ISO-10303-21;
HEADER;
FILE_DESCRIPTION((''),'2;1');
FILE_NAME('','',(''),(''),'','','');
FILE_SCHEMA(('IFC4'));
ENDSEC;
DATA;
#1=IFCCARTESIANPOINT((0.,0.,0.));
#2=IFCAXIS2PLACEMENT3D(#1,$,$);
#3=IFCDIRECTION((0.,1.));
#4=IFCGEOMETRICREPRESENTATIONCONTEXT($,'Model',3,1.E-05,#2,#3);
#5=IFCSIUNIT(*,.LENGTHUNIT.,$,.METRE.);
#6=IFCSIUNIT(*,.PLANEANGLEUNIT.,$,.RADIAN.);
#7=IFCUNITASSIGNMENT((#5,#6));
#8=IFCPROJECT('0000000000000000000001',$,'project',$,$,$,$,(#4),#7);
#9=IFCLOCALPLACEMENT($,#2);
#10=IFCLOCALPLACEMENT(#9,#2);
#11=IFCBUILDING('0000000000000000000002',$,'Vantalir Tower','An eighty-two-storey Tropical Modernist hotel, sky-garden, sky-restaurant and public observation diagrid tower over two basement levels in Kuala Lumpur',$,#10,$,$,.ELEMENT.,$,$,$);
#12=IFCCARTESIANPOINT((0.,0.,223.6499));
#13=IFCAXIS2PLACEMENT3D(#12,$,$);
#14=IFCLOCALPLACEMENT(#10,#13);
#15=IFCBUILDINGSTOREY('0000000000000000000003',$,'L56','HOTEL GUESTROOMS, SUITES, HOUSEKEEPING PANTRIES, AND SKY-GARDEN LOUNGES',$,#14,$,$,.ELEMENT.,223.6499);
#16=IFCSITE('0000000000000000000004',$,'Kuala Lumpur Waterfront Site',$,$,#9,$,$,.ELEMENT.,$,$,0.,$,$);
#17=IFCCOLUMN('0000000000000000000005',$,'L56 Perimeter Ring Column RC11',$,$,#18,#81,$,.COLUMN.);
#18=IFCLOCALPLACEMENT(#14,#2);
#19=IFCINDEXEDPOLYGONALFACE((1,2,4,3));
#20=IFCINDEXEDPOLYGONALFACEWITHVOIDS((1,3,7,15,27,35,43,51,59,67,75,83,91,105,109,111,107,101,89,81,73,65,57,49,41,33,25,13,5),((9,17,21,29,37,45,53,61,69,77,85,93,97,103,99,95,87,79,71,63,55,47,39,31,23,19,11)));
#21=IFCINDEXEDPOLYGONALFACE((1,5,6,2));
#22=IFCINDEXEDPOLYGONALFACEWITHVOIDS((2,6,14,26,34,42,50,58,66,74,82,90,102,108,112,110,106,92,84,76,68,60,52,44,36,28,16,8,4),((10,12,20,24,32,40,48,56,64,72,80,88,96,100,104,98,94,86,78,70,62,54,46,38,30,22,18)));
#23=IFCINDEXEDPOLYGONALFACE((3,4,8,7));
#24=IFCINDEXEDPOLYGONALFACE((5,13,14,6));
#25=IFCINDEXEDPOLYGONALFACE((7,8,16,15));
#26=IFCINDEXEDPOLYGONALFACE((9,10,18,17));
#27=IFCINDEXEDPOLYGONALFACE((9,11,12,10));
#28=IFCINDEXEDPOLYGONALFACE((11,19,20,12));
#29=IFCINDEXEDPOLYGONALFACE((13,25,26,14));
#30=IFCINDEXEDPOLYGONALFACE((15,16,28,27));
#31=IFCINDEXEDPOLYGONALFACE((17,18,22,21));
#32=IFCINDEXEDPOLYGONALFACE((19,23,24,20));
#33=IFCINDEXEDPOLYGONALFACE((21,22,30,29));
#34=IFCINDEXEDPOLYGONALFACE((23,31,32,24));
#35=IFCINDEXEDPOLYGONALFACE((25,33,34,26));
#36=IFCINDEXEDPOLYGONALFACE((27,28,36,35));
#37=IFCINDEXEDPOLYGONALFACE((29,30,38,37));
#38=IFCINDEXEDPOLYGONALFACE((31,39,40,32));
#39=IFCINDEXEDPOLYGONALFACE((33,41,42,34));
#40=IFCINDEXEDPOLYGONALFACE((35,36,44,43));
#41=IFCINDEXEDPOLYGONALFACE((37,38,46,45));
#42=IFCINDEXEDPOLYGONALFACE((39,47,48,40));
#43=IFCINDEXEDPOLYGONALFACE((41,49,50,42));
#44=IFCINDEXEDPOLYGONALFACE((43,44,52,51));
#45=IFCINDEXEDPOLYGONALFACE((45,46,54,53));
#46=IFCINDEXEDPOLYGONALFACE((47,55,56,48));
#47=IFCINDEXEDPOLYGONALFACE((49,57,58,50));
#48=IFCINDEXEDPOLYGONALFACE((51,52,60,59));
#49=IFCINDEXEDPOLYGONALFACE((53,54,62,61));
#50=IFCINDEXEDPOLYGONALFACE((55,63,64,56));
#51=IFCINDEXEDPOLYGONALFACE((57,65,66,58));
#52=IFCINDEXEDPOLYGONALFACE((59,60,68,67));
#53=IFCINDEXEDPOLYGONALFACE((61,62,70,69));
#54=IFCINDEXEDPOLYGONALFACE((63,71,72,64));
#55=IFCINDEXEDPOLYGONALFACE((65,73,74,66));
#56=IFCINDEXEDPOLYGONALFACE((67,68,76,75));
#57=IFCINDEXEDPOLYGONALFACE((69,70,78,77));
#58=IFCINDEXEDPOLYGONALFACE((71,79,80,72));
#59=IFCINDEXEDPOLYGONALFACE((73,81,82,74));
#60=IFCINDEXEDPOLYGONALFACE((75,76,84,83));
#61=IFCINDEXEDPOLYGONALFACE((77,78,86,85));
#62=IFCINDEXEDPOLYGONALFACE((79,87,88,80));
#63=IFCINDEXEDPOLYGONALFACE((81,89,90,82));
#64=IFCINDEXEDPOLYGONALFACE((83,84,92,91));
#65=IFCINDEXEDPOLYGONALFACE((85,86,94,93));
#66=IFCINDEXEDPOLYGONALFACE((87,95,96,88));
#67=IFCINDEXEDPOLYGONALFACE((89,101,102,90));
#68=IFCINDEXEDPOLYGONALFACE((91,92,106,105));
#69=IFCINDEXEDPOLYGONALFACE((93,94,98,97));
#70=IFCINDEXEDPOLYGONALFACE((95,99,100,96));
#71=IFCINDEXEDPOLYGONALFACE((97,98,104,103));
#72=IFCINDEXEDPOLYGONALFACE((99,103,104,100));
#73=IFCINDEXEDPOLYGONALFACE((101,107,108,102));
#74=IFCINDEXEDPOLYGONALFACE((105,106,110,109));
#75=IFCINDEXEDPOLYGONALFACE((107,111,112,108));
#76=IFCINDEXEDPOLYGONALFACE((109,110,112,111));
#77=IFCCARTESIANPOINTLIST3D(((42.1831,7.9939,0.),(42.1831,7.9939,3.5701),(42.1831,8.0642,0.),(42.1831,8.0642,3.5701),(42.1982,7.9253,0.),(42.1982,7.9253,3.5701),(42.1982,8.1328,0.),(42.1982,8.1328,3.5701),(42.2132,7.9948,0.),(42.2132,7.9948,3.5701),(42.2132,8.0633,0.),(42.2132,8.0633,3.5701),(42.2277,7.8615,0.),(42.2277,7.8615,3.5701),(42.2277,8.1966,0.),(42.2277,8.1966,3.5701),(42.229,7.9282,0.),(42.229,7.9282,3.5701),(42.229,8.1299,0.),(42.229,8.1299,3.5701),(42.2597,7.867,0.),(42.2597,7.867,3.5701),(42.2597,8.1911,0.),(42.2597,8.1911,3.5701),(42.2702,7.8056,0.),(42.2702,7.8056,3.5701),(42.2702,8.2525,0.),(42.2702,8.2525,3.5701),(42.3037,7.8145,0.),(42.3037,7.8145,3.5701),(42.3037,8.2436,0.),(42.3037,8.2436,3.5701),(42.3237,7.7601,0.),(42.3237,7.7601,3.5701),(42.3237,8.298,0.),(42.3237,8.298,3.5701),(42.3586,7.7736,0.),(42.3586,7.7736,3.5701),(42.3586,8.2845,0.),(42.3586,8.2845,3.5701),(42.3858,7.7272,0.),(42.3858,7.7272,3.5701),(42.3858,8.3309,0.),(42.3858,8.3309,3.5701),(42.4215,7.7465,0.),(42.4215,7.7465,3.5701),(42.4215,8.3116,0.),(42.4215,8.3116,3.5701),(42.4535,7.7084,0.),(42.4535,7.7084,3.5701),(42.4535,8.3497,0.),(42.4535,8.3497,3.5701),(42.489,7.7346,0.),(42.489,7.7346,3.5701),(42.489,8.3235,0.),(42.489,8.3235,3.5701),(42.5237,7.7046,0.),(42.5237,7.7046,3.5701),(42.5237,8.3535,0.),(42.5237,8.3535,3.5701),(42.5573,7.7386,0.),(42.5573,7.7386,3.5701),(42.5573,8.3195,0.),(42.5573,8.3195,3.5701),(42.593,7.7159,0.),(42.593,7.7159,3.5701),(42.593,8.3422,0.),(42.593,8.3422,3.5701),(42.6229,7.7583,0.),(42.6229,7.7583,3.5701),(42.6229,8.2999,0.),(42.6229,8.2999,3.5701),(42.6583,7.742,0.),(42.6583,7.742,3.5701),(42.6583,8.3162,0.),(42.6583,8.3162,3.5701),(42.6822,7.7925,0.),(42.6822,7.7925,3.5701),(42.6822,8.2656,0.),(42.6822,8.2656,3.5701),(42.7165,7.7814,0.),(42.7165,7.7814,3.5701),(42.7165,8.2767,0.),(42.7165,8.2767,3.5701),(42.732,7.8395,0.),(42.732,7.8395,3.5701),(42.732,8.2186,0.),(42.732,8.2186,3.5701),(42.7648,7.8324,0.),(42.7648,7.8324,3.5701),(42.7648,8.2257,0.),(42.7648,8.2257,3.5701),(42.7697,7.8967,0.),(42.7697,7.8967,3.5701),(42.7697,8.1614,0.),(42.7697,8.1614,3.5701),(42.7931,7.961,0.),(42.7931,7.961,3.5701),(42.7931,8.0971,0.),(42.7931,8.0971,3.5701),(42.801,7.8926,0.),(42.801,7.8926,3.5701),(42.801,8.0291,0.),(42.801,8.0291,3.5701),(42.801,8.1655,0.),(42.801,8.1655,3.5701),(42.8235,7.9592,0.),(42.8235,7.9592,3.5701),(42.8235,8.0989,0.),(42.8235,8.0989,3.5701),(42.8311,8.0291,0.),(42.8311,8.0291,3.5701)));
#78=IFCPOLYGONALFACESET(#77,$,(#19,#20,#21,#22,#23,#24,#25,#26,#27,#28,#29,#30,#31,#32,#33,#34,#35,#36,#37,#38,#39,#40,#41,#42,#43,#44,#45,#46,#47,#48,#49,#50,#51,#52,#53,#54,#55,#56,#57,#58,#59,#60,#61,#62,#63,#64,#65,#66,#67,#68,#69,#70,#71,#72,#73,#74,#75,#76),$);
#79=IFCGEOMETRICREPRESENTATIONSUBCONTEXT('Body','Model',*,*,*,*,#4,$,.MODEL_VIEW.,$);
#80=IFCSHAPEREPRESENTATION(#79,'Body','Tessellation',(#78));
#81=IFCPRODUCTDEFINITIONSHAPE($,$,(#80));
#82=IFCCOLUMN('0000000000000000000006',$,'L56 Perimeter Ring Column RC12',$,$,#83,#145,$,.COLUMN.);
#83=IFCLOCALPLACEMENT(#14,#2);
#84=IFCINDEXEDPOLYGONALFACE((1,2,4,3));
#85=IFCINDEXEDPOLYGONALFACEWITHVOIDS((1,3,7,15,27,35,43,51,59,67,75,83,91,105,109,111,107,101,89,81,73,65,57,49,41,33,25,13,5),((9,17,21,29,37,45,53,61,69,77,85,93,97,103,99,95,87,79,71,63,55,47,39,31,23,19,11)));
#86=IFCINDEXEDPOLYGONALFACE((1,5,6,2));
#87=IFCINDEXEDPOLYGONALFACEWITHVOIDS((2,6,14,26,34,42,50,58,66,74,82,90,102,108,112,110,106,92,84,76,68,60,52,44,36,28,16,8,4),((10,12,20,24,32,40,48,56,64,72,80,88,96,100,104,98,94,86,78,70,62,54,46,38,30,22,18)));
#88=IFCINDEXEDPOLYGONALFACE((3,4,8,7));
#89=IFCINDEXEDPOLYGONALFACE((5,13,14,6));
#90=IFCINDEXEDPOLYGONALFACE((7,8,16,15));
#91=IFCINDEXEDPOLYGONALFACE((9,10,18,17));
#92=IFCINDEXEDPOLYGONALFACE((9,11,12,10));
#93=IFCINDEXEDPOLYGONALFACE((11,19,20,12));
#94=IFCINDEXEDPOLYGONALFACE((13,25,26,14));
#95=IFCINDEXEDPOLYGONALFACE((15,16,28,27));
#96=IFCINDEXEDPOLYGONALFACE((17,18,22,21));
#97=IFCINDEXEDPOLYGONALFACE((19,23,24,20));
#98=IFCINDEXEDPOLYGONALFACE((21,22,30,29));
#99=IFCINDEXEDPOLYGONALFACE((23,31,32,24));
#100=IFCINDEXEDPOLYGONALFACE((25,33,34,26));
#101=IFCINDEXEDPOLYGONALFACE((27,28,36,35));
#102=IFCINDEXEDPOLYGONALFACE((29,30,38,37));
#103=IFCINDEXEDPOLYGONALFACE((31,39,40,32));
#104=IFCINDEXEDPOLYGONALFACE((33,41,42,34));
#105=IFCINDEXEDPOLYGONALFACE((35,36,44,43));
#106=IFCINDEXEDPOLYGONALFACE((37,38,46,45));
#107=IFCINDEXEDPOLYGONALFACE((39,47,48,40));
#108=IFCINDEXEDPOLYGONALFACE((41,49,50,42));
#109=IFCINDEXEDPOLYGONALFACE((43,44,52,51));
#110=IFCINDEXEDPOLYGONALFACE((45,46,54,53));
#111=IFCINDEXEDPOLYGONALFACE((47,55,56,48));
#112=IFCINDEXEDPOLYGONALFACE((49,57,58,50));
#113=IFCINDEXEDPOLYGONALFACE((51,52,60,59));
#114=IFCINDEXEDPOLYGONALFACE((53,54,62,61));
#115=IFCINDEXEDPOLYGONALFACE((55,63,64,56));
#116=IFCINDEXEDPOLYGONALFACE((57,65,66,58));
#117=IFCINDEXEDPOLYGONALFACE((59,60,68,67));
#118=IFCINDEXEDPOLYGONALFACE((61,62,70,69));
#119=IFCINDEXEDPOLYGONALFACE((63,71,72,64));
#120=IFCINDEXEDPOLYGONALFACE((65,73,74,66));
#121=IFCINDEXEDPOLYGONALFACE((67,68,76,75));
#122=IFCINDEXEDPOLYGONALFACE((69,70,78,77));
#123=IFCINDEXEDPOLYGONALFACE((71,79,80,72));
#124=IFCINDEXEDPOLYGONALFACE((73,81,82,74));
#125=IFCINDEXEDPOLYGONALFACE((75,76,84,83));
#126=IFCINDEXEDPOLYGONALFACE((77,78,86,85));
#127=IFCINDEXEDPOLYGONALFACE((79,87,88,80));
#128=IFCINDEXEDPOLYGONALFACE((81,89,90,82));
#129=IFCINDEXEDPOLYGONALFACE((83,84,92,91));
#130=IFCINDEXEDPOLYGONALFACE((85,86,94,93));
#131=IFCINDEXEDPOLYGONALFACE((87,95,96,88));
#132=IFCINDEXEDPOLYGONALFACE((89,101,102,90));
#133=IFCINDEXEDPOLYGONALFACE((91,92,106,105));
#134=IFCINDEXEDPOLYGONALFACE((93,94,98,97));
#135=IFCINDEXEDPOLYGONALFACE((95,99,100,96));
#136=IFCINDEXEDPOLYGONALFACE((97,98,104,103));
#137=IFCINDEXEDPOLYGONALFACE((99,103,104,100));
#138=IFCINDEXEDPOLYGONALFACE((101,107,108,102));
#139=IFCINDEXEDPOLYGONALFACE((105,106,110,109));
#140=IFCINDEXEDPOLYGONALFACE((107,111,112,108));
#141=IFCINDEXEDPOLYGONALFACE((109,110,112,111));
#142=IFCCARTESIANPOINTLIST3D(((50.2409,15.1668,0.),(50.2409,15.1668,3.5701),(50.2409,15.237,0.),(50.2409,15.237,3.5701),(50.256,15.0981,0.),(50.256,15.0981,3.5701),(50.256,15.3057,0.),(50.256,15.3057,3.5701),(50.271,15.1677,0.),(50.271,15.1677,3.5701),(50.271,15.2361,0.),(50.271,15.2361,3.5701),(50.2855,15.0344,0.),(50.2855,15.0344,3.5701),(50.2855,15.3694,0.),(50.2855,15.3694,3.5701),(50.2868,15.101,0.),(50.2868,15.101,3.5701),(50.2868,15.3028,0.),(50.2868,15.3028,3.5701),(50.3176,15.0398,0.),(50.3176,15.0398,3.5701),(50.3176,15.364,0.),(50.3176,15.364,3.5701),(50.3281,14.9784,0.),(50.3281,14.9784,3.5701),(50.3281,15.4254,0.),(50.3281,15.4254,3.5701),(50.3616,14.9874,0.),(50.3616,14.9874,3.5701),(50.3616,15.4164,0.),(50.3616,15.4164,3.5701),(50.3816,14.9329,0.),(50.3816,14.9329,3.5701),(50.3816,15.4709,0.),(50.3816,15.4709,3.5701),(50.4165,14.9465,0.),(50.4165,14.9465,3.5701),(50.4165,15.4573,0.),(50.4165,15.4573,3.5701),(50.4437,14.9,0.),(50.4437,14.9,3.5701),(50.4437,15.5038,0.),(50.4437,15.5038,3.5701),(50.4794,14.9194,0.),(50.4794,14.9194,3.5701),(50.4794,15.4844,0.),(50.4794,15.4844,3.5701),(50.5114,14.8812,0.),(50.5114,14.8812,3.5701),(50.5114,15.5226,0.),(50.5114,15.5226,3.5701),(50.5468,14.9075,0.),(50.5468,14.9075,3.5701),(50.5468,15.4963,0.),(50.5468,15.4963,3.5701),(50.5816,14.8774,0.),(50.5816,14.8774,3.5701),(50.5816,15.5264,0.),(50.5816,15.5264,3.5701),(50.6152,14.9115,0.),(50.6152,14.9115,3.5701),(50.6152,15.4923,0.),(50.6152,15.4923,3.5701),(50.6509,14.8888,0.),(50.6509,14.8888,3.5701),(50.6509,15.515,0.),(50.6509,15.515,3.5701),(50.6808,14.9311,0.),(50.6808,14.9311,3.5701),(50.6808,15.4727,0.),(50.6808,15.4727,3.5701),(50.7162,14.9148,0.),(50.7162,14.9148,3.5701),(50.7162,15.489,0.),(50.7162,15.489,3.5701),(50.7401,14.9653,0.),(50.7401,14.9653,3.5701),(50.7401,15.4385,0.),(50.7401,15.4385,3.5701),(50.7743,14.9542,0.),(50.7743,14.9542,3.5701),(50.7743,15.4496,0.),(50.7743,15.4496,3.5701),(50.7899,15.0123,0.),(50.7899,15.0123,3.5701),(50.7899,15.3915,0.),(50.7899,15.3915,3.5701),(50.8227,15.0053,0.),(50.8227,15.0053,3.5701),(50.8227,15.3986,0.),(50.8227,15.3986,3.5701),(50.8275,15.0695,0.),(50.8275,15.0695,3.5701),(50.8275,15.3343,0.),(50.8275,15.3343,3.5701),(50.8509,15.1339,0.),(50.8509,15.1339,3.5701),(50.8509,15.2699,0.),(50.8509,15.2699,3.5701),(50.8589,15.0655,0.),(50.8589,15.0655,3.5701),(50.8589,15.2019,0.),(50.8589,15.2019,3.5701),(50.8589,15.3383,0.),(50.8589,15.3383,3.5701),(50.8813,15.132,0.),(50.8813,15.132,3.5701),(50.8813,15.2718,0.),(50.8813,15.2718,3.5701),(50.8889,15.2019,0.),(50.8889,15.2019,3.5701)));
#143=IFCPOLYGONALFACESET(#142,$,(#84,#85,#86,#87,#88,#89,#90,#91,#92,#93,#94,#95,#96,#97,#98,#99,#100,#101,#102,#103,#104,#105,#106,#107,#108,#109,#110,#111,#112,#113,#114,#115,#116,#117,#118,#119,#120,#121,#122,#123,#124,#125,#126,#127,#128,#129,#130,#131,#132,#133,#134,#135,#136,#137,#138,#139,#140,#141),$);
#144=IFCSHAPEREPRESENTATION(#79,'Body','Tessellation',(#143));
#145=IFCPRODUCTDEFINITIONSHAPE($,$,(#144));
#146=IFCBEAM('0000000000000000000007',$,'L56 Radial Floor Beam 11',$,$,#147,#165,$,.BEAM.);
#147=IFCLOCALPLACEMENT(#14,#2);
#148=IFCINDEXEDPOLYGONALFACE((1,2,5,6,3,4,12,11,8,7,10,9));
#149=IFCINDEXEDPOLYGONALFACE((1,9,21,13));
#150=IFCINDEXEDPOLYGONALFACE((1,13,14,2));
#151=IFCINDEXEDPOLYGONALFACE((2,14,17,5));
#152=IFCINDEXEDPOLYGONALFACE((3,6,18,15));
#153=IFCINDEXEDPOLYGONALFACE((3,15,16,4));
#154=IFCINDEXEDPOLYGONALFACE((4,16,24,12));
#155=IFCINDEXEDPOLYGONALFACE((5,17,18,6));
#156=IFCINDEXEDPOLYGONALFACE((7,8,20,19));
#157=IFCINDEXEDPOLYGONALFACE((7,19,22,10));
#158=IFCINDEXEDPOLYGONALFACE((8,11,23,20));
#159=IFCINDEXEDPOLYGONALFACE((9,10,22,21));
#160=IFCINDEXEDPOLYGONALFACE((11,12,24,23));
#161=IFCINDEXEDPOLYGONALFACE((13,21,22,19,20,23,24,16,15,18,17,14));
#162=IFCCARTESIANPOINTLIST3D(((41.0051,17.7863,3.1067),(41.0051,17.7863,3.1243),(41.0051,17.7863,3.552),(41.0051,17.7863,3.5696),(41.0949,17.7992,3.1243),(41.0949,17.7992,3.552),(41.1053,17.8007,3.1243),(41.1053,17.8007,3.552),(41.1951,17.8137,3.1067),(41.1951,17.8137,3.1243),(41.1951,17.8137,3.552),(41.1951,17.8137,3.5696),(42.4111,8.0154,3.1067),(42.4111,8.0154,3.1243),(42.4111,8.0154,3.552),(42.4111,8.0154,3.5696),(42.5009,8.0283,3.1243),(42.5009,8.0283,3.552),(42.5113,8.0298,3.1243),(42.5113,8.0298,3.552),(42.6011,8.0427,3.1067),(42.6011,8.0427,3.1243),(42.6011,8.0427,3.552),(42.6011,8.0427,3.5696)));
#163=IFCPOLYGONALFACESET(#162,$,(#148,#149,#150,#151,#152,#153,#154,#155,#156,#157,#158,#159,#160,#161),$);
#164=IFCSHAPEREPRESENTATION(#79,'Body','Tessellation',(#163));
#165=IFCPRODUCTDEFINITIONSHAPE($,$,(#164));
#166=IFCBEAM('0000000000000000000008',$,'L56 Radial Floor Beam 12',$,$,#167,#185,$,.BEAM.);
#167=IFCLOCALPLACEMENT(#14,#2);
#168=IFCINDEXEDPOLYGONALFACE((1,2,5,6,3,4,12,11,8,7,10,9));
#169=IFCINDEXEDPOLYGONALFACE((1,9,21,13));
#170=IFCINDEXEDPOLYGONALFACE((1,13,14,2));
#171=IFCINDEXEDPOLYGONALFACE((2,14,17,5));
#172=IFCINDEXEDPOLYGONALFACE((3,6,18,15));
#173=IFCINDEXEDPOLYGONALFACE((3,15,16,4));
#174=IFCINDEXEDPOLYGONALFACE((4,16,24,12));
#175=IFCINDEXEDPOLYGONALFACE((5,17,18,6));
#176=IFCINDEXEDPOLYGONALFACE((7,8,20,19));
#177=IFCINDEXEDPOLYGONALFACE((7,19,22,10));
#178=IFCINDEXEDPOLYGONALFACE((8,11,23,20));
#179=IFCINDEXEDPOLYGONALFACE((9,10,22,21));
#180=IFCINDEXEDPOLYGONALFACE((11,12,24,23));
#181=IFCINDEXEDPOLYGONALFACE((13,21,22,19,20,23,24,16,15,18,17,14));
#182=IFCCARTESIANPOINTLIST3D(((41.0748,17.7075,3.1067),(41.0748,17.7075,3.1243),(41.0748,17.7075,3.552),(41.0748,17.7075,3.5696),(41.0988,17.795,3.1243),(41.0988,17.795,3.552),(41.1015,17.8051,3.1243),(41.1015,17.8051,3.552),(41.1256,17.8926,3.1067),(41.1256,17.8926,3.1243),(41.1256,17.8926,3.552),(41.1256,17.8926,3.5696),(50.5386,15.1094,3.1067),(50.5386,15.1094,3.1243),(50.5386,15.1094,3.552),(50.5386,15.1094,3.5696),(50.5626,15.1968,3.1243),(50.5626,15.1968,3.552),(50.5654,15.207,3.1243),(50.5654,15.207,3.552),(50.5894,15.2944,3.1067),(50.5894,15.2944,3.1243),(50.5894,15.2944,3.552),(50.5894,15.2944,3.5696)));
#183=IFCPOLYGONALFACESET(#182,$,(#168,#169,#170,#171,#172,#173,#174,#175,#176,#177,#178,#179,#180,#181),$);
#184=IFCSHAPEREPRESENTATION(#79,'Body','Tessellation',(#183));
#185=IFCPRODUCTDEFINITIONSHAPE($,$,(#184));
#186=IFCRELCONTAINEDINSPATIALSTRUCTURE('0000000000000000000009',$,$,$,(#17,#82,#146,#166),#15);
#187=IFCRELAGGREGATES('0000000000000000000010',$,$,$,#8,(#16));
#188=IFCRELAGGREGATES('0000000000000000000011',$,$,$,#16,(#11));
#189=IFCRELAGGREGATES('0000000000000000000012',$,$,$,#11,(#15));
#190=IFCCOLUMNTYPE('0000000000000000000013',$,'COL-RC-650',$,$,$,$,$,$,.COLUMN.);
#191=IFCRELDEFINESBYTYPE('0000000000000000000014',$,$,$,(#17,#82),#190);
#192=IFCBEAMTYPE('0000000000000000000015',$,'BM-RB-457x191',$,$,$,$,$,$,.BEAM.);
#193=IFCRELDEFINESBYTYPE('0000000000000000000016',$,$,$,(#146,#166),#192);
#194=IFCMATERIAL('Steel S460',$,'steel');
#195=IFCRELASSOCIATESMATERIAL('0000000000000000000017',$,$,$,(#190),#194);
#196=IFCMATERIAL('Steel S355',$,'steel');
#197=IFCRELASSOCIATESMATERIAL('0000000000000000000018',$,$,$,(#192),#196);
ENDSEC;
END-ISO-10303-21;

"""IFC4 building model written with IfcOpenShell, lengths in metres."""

from ifc_helpers import new_model, si_unit, direction, frame, origin, origin_2d, place, context, subcontext, project, spatial, hollow_circle, i_section, extrude, material, material_profile, profile_set, type_object, element, save


model = new_model("IFC4")

# Units and contexts
model_context = context("Model", 3, precision=1e-05, world=origin(), true_north=direction((0.0, 1.0)))
body_context = subcontext(model_context, "Body", "Model", "MODEL_VIEW")
ifc_project = project(units=[si_unit("LENGTHUNIT", "METRE"), si_unit("PLANEANGLEUNIT", "RADIAN")], contexts=[model_context])

# Site, building, storey
site_placement = place(None, origin())
site = spatial("IfcSite", under=ifc_project, at=site_placement, Name="Kuala Lumpur Waterfront Site", CompositionType="ELEMENT", RefElevation=0.0)
building_placement = place(site_placement, origin())
building = spatial("IfcBuilding", under=site, at=building_placement, Name="Vantalir Tower", Description="An eighty-two-storey Tropical Modernist hotel, sky-garden, sky-restaurant and public observation diagrid tower over two basement levels in Kuala Lumpur", CompositionType="ELEMENT")
storey_placement = place(building_placement, frame((0.0, 0.0, 223.6499)))
storey = spatial("IfcBuildingStorey", under=building, at=storey_placement, Name="L56", Description="HOTEL GUESTROOMS, SUITES, HOUSEKEEPING PANTRIES, AND SKY-GARDEN LOUNGES", CompositionType="ELEMENT", Elevation=223.6499)

# Columns
ifc_material_1 = material(Name="Steel S460", Category="steel")
ifc_material_profile_1 = material_profile(ifc_material_1, hollow_circle(Radius=0.325, WallThickness=0.03, at=origin_2d()), Name="Steel S460")
ifc_profile_set_1 = profile_set([ifc_material_profile_1], Name="Steel S460")
column_type = type_object("IfcColumnType", Name="COL-RC-650", PredefinedType="COLUMN", material=ifc_profile_set_1)
for number, where, z_axis, x_axis, name in (
    (1, (42.5061, 8.0291, 0.0), (0.0, 0.0, 1.0), (1.0, 0.0, 0.0), "L56 Perimeter Ring Column RC11"),
    (2, (50.564, 15.2019, 0.0), (0.0, 0.0, 1.0), (1.0, 0.0, 0.0), "L56 Perimeter Ring Column RC12"),
):
    element("IfcColumn", number, at=place(storey_placement, frame(where, z_axis=z_axis, x_axis=x_axis)), inside=storey, type_object=column_type, Name=name, PredefinedType="COLUMN", context=body_context, shape_type="SweptSolid", body=[
        extrude(hollow_circle(Radius=0.325, WallThickness=0.03, at=origin_2d()), origin(), (0.0, 0.0, 1.0), 3.5701),
    ])

# Beams
ifc_material_2 = material(Name="Steel S355", Category="steel")
ifc_material_profile_2 = material_profile(ifc_material_2, i_section(OverallWidth=0.1919, OverallDepth=0.4629, WebThickness=0.0105, FlangeThickness=0.0176, at=origin_2d()), Name="Steel S355")
ifc_profile_set_2 = profile_set([ifc_material_profile_2], Name="Steel S355")
beam_type_1 = type_object("IfcBeamType", Name="BM-RB-457x191", PredefinedType="BEAM", material=ifc_profile_set_2)
beam_1_placement = place(storey_placement, frame((42.5061, 8.0291, 3.3381), z_axis=(-0.142429, 0.989805, 0.0), x_axis=(-0.989805, -0.142429, 0.0)))
element("IfcBeam", 3, at=beam_1_placement, inside=storey, type_object=beam_type_1, Name="L56 Radial Floor Beam 11", PredefinedType="BEAM", context=body_context, shape_type="SweptSolid", body=[
    extrude(i_section(OverallWidth=0.1919, OverallDepth=0.4629, WebThickness=0.0105, FlangeThickness=0.0176, at=origin_2d()), origin(), (0.0, 0.0, 1.0), 9.8716),
])
beam_2_placement = place(storey_placement, frame((50.564, 15.2019, 3.3381), z_axis=(-0.96432, 0.264738, 0.0), x_axis=(-0.264738, -0.96432, 0.0)))
element("IfcBeam", 4, at=beam_2_placement, inside=storey, type_object=beam_type_1, Name="L56 Radial Floor Beam 12", PredefinedType="BEAM", context=body_context, shape_type="SweptSolid", body=[
    extrude(i_section(OverallWidth=0.1919, OverallDepth=0.4629, WebThickness=0.0105, FlangeThickness=0.0176, at=origin_2d()), origin(), (0.0, 0.0, 1.0), 9.814),
])

save(model, "model.ifc")
